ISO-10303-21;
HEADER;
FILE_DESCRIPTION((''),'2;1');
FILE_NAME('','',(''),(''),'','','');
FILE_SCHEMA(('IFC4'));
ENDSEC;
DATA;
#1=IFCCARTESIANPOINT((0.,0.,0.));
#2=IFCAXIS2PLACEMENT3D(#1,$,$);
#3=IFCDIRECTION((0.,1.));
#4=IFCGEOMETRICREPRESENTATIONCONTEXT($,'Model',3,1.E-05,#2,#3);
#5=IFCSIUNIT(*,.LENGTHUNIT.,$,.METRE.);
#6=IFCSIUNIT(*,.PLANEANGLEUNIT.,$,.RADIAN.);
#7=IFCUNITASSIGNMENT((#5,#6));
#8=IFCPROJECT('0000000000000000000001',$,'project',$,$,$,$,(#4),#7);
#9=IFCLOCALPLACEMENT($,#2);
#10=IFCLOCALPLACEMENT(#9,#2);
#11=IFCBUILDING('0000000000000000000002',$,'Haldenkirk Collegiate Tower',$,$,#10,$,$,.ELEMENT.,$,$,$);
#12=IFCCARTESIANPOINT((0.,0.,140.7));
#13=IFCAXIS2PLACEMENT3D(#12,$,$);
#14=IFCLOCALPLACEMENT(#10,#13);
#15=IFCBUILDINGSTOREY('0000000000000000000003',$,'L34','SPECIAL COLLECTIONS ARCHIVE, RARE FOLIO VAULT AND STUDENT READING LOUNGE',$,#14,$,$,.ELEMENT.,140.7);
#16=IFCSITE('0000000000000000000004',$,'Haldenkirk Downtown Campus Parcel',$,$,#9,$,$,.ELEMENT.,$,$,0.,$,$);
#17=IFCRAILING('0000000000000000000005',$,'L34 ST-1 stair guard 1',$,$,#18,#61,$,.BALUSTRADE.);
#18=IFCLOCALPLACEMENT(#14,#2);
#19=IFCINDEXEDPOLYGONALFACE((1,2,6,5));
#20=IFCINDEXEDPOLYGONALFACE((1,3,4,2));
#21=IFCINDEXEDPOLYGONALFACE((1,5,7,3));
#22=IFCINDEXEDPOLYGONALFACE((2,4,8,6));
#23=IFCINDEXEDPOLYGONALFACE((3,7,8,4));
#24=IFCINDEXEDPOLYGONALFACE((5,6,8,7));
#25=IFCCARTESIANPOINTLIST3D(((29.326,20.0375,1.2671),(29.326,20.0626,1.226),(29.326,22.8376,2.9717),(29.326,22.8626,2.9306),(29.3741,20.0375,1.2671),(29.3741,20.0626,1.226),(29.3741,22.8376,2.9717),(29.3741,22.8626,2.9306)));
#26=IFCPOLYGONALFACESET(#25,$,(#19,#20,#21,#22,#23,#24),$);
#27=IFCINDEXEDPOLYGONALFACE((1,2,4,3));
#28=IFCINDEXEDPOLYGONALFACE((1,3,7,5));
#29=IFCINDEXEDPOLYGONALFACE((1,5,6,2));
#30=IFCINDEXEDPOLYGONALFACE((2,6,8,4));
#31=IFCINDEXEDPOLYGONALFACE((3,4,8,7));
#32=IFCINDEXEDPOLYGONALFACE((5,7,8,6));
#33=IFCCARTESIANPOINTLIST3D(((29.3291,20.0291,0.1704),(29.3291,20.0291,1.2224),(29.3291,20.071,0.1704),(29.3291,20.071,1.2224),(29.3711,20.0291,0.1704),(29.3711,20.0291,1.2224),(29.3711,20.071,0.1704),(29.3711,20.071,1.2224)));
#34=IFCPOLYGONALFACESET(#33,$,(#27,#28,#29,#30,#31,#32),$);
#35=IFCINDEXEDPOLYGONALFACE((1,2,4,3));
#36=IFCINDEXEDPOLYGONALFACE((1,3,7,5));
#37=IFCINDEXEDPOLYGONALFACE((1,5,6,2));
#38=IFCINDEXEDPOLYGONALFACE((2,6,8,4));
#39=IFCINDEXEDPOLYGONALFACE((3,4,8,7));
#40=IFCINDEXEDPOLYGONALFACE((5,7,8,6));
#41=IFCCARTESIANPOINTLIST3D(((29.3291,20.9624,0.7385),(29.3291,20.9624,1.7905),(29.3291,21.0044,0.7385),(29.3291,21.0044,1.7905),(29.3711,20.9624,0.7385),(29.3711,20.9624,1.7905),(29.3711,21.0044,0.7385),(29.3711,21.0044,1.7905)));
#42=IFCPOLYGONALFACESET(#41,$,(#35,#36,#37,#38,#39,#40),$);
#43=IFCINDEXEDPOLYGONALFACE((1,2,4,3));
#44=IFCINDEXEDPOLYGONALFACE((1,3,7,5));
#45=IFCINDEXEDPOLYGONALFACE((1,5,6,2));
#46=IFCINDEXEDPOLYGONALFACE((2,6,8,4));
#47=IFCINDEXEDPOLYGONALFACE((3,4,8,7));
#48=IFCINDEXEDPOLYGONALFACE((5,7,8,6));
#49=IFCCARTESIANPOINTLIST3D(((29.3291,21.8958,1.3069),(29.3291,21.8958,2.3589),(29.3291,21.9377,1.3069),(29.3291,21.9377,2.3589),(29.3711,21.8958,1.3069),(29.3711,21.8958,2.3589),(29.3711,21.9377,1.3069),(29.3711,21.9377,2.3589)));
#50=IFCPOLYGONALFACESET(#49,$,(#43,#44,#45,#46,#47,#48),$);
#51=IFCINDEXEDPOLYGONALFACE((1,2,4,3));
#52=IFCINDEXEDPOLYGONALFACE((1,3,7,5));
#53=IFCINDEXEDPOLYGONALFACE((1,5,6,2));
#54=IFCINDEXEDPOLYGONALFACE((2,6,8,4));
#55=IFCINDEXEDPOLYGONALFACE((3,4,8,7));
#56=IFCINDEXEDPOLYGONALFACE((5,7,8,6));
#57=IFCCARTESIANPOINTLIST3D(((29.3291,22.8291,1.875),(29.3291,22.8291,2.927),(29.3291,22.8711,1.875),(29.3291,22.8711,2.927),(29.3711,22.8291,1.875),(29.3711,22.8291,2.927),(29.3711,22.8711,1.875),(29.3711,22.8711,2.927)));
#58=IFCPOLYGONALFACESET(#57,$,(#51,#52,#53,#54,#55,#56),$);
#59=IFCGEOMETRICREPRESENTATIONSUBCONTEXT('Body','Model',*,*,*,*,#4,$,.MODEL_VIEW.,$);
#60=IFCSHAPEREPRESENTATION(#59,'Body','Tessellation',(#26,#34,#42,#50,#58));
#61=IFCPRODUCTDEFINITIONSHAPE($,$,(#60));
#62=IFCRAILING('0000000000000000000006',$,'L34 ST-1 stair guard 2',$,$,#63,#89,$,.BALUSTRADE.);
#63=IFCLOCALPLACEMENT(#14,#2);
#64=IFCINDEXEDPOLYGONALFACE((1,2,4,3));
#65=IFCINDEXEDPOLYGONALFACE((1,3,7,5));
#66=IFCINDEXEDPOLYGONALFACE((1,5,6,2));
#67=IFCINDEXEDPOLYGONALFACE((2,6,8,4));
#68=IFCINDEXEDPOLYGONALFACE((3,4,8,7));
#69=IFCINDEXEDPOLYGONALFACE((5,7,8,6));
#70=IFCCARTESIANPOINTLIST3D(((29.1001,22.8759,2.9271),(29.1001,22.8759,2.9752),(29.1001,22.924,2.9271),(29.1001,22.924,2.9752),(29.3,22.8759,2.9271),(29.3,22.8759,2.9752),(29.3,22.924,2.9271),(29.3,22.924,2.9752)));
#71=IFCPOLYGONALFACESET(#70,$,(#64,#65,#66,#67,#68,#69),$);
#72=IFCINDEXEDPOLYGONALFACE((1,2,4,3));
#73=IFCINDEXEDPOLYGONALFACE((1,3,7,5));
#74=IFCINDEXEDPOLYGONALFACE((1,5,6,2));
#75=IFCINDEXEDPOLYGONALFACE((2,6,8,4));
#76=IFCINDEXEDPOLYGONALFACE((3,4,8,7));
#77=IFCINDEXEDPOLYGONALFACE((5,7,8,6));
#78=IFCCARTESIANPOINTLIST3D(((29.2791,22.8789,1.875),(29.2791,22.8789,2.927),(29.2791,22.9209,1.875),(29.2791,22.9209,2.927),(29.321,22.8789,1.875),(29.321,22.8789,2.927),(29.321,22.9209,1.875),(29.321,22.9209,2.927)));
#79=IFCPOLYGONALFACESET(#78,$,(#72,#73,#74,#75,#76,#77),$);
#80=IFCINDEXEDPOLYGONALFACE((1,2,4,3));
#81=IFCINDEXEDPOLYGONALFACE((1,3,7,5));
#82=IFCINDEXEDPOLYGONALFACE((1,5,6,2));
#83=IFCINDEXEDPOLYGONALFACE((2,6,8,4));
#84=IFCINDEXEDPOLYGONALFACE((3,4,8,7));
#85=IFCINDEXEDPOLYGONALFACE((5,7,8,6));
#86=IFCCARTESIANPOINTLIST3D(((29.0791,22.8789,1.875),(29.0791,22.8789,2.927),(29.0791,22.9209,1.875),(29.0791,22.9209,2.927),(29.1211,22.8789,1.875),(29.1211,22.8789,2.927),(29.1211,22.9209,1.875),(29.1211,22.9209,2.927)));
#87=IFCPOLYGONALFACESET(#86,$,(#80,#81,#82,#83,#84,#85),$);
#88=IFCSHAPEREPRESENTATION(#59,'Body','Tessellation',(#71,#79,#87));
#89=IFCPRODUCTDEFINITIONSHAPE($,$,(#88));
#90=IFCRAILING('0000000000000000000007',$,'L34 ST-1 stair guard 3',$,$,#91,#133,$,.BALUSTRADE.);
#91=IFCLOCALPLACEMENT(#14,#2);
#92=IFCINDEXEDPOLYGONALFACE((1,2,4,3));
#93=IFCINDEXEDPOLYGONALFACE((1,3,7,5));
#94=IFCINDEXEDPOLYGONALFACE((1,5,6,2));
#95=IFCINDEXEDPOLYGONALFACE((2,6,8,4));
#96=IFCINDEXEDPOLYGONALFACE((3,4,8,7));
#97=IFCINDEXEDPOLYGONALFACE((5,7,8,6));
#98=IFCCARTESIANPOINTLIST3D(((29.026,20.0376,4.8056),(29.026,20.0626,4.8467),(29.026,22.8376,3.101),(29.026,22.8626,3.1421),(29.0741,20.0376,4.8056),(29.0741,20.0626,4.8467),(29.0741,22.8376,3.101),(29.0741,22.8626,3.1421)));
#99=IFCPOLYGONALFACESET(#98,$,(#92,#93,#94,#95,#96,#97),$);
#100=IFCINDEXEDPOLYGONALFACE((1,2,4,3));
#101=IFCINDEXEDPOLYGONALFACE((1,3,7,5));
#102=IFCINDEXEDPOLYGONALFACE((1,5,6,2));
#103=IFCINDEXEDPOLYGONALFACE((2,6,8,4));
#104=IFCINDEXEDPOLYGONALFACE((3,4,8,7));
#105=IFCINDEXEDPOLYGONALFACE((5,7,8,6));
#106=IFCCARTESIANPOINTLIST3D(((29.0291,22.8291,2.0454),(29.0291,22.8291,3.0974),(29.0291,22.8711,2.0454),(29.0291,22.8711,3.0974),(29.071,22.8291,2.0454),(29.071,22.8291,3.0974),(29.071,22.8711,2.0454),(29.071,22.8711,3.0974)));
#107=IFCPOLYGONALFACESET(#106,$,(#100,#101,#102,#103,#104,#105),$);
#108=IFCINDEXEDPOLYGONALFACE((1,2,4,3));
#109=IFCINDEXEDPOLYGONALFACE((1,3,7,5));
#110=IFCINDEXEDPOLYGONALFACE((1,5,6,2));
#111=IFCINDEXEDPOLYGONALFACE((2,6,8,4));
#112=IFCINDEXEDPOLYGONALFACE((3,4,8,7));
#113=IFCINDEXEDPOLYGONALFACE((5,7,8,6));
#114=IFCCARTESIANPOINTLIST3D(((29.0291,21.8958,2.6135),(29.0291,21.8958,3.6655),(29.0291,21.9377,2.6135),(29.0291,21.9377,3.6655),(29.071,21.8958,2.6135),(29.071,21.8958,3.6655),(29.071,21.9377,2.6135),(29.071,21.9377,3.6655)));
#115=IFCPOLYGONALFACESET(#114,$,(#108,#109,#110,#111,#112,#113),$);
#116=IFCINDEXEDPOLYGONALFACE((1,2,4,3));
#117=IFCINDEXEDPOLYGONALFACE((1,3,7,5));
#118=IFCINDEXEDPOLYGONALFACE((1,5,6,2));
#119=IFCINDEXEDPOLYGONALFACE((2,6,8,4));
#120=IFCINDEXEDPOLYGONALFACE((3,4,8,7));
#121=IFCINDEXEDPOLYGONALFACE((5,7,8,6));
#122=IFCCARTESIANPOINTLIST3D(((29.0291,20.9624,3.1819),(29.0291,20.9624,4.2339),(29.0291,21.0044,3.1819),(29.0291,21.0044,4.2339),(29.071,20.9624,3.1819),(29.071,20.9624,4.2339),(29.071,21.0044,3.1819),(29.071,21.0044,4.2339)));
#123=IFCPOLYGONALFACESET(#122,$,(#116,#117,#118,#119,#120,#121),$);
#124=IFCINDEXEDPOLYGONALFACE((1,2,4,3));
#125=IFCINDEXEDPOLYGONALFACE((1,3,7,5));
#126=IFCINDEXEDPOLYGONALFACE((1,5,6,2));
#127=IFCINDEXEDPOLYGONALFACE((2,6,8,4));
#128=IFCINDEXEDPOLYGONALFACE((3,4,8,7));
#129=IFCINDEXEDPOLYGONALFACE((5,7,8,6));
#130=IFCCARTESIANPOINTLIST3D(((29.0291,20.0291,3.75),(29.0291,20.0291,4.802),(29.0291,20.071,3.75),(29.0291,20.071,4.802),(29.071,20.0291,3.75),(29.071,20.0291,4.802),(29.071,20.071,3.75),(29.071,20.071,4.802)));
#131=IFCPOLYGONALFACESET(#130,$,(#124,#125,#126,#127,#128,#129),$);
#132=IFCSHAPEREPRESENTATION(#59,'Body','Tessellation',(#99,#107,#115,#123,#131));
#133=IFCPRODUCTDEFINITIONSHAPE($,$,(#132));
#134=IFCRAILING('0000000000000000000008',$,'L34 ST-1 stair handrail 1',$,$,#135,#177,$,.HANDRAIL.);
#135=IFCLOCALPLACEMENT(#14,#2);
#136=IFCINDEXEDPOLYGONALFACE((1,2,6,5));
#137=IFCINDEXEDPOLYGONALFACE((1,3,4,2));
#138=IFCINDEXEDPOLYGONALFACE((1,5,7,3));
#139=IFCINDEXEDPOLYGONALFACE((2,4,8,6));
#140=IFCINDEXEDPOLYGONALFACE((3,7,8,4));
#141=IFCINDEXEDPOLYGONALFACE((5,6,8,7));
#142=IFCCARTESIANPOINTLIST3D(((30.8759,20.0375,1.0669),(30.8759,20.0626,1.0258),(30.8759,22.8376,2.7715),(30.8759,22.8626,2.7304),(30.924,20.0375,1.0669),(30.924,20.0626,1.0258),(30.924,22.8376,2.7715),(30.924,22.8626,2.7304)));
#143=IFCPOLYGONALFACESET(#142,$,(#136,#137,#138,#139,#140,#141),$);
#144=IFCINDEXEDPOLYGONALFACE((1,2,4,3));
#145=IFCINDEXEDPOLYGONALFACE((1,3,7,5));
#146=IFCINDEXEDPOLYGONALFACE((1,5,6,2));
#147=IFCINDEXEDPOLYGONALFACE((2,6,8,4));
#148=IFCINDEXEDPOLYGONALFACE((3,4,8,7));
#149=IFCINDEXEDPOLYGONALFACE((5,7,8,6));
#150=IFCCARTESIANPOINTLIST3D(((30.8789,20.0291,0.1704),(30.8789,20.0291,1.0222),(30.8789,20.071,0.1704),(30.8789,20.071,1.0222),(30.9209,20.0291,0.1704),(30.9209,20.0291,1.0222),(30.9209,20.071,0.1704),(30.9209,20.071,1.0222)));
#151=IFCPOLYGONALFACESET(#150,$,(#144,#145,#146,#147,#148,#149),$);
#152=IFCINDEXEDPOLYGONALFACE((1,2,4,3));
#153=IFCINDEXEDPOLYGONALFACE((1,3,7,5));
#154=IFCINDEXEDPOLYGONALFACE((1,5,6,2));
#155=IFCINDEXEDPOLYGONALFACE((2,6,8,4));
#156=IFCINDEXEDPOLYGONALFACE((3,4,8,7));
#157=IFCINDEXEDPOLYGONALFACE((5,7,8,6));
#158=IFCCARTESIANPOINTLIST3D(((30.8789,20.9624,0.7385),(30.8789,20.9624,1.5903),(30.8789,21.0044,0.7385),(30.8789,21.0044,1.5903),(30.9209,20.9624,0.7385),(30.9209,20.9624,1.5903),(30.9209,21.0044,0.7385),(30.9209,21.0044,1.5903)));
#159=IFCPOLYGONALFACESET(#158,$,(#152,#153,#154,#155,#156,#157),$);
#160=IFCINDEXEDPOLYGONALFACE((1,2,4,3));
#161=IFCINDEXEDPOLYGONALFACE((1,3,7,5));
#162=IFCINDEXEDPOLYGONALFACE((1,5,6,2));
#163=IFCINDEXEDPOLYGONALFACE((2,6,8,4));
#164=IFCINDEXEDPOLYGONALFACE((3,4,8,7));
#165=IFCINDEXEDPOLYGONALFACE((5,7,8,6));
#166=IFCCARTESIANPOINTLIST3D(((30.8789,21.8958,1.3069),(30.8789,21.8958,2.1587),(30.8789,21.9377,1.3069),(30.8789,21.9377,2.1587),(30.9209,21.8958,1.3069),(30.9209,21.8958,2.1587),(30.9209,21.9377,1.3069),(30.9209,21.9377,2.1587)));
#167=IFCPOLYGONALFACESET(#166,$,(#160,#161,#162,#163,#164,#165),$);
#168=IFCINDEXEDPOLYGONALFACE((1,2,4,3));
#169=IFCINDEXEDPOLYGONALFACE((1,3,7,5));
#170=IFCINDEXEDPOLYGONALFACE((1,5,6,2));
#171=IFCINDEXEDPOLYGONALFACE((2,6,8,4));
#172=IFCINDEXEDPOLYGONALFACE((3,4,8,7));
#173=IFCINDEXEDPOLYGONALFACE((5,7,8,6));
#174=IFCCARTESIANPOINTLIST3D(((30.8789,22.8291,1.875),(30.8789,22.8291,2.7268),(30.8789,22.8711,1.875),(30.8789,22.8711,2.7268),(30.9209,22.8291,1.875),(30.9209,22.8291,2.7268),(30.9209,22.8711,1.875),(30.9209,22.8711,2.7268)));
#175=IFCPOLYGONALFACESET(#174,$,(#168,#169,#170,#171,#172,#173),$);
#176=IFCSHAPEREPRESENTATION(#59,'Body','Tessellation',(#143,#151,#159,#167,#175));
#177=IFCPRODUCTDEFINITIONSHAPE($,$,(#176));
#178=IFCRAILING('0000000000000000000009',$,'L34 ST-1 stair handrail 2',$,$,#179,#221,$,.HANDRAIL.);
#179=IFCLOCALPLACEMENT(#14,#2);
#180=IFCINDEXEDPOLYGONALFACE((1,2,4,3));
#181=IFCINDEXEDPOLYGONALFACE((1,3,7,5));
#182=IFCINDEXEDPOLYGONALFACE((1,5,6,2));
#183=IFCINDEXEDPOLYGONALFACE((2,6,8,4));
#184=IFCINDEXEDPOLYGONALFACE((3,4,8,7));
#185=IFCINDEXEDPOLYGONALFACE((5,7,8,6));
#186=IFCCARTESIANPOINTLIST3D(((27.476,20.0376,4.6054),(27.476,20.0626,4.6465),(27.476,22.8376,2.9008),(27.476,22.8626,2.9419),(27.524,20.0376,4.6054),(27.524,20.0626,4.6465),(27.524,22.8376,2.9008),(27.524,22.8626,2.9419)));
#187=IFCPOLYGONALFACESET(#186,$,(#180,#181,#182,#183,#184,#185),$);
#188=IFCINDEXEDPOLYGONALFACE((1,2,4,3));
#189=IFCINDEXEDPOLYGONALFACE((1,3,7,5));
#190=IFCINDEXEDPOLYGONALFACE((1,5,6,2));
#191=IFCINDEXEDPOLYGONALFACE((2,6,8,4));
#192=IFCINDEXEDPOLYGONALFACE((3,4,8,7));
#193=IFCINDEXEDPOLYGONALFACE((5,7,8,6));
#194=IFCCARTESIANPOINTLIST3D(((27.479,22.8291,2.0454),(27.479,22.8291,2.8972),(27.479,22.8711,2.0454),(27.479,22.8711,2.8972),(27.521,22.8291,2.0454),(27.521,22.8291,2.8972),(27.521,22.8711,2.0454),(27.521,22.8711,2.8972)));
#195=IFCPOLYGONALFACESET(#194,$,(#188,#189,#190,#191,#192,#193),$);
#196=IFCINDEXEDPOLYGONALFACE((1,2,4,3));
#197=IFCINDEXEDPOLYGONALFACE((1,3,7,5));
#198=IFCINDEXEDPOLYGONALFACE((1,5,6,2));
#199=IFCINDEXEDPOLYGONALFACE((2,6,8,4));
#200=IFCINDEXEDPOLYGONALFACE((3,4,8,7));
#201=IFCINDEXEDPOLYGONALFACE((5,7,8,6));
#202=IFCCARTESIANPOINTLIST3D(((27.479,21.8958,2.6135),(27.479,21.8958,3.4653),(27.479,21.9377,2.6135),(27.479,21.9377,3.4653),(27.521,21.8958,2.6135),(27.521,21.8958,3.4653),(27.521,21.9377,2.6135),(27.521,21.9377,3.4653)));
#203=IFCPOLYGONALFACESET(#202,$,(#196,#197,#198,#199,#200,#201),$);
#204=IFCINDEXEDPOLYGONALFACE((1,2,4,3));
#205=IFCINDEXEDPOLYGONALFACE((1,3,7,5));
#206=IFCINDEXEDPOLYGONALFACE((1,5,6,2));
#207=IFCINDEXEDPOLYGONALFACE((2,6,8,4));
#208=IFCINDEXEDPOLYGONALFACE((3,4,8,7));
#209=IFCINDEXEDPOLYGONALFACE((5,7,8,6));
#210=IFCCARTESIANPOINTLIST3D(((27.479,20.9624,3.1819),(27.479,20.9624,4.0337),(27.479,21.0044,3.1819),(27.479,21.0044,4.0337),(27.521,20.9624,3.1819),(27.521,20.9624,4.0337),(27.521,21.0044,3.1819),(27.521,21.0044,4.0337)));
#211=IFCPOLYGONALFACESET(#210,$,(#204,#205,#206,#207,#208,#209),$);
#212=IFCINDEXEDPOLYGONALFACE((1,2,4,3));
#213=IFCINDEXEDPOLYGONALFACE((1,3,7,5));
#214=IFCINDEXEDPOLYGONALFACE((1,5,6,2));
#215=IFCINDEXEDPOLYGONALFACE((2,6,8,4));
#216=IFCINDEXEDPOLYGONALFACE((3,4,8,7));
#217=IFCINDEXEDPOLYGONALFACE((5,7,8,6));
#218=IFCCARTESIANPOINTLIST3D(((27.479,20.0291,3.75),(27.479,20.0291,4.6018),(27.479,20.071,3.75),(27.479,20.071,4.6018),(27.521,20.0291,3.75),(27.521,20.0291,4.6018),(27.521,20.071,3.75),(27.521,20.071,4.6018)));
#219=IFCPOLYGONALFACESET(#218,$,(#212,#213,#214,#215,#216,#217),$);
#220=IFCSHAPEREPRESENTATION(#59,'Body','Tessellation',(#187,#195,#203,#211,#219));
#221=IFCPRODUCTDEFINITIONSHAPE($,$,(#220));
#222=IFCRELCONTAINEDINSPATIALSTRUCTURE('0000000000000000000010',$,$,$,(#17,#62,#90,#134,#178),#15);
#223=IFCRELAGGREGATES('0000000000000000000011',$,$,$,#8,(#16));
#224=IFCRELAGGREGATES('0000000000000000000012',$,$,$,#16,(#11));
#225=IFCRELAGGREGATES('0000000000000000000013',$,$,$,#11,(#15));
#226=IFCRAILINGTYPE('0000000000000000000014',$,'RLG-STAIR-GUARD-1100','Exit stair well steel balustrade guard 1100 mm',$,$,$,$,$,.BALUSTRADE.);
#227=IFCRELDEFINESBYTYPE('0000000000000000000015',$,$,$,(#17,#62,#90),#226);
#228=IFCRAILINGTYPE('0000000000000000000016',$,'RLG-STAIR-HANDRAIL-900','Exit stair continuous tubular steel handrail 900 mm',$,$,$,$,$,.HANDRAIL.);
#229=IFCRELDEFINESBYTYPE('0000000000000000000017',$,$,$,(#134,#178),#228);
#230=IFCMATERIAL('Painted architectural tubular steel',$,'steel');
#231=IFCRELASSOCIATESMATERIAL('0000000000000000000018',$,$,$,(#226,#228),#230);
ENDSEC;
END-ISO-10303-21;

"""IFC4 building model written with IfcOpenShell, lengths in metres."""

from ifc_helpers import new_model, si_unit, direction, frame, origin, origin_2d, place, context, subcontext, project, spatial, rectangle, extrude, material, type_object, element, save


model = new_model("IFC4")

# Units and contexts
model_context = context("Model", 3, precision=1e-05, world=origin(), true_north=direction((0.0, 1.0)))
body_context = subcontext(model_context, "Body", "Model", "MODEL_VIEW")
ifc_project = project(units=[si_unit("LENGTHUNIT", "METRE"), si_unit("PLANEANGLEUNIT", "RADIAN")], contexts=[model_context])

# Site, building, storey
site_placement = place(None, origin())
site = spatial("IfcSite", under=ifc_project, at=site_placement, Name="Haldenkirk Downtown Campus Parcel", CompositionType="ELEMENT", RefElevation=0.0)
building_placement = place(site_placement, origin())
building = spatial("IfcBuilding", under=site, at=building_placement, Name="Haldenkirk Collegiate Tower", CompositionType="ELEMENT")
storey_placement = place(building_placement, frame((0.0, 0.0, 140.7)))
storey = spatial("IfcBuildingStorey", under=building, at=storey_placement, Name="L34", Description="SPECIAL COLLECTIONS ARCHIVE, RARE FOLIO VAULT AND STUDENT READING LOUNGE", CompositionType="ELEMENT", Elevation=140.7)

# Railings
ifc_material_1 = material(Name="Painted architectural tubular steel", Category="steel")
railing_type_1 = type_object("IfcRailingType", Name="RLG-STAIR-GUARD-1100", Description="Exit stair well steel balustrade guard 1100 mm", PredefinedType="BALUSTRADE", material=ifc_material_1)
railing_1_placement = place(storey_placement, frame((29.3501, 20.05, 0.1704)))
element("IfcRailing", 1, at=railing_1_placement, inside=storey, type_object=railing_type_1, Name="L34 ST-1 stair guard 1", PredefinedType="BALUSTRADE", context=body_context, shape_type="SweptSolid", body=[
    extrude(rectangle(XDim=0.0481, YDim=0.0481, at=origin_2d()), frame((0.0, 0.0, 1.0762), z_axis=(0.0, 0.85417, 0.519994), x_axis=(-1.0, 0.0, 0.0)), (0.0, 0.0, 1.0), 3.2781),
    extrude(rectangle(XDim=0.042, YDim=0.042, at=origin_2d()), origin(), (0.0, 0.0, 1.0), 1.052),
    extrude(rectangle(XDim=0.042, YDim=0.042, at=origin_2d()), frame((0.0, 0.9333, 0.5681)), (0.0, 0.0, 1.0), 1.052),
    extrude(rectangle(XDim=0.042, YDim=0.042, at=origin_2d()), frame((0.0, 1.8667, 1.1365)), (0.0, 0.0, 1.0), 1.052),
    extrude(rectangle(XDim=0.042, YDim=0.042, at=origin_2d()), frame((0.0, 2.8, 1.7046)), (0.0, 0.0, 1.0), 1.052),
])
railing_2_placement = place(storey_placement, frame((29.3, 22.8999, 1.875)))
element("IfcRailing", 2, at=railing_2_placement, inside=storey, type_object=railing_type_1, Name="L34 ST-1 stair guard 2", PredefinedType="BALUSTRADE", context=body_context, shape_type="SweptSolid", body=[
    extrude(rectangle(XDim=0.0481, YDim=0.0481, at=origin_2d()), frame((0.0, 0.0, 1.0762), z_axis=(-1.0, 0.0, 0.0), x_axis=(0.0, -1.0, 0.0)), (0.0, 0.0, 1.0), 0.2),
    extrude(rectangle(XDim=0.042, YDim=0.042, at=origin_2d()), origin(), (0.0, 0.0, 1.0), 1.052),
    extrude(rectangle(XDim=0.042, YDim=0.042, at=origin_2d()), frame((-0.2, 0.0, 0.0)), (0.0, 0.0, 1.0), 1.052),
])
railing_3_placement = place(storey_placement, frame((29.05, 22.8501, 2.0454)))
element("IfcRailing", 3, at=railing_3_placement, inside=storey, type_object=railing_type_1, Name="L34 ST-1 stair guard 3", PredefinedType="BALUSTRADE", context=body_context, shape_type="SweptSolid", body=[
    extrude(rectangle(XDim=0.0481, YDim=0.0481, at=origin_2d()), frame((0.0, 0.0, 1.0762), z_axis=(0.0, -0.85417, 0.519994), x_axis=(1.0, 0.0, 0.0)), (0.0, 0.0, 1.0), 3.2781),
    extrude(rectangle(XDim=0.042, YDim=0.042, at=origin_2d()), origin(), (0.0, 0.0, 1.0), 1.052),
    extrude(rectangle(XDim=0.042, YDim=0.042, at=origin_2d()), frame((0.0, -0.9333, 0.5681)), (0.0, 0.0, 1.0), 1.052),
    extrude(rectangle(XDim=0.042, YDim=0.042, at=origin_2d()), frame((0.0, -1.8667, 1.1365)), (0.0, 0.0, 1.0), 1.052),
    extrude(rectangle(XDim=0.042, YDim=0.042, at=origin_2d()), frame((0.0, -2.8, 1.7046)), (0.0, 0.0, 1.0), 1.052),
])
railing_type_2 = type_object("IfcRailingType", Name="RLG-STAIR-HANDRAIL-900", Description="Exit stair continuous tubular steel handrail 900 mm", PredefinedType="HANDRAIL", material=ifc_material_1)
railing_4_placement = place(storey_placement, frame((30.8999, 20.05, 0.1704)))
element("IfcRailing", 4, at=railing_4_placement, inside=storey, type_object=railing_type_2, Name="L34 ST-1 stair handrail 1", PredefinedType="HANDRAIL", context=body_context, shape_type="SweptSolid", body=[
    extrude(rectangle(XDim=0.0481, YDim=0.0481, at=origin_2d()), frame((0.0, 0.0, 0.876), z_axis=(0.0, 0.85417, 0.519994), x_axis=(-1.0, 0.0, 0.0)), (0.0, 0.0, 1.0), 3.2781),
    extrude(rectangle(XDim=0.042, YDim=0.042, at=origin_2d()), origin(), (0.0, 0.0, 1.0), 0.8518),
    extrude(rectangle(XDim=0.042, YDim=0.042, at=origin_2d()), frame((0.0, 0.9333, 0.5681)), (0.0, 0.0, 1.0), 0.8518),
    extrude(rectangle(XDim=0.042, YDim=0.042, at=origin_2d()), frame((0.0, 1.8667, 1.1365)), (0.0, 0.0, 1.0), 0.8518),
    extrude(rectangle(XDim=0.042, YDim=0.042, at=origin_2d()), frame((0.0, 2.8, 1.7046)), (0.0, 0.0, 1.0), 0.8518),
])
railing_5_placement = place(storey_placement, frame((27.5, 22.8501, 2.0454)))
element("IfcRailing", 5, at=railing_5_placement, inside=storey, type_object=railing_type_2, Name="L34 ST-1 stair handrail 2", PredefinedType="HANDRAIL", context=body_context, shape_type="SweptSolid", body=[
    extrude(rectangle(XDim=0.0481, YDim=0.0481, at=origin_2d()), frame((0.0, 0.0, 0.876), z_axis=(0.0, -0.85417, 0.519994), x_axis=(1.0, 0.0, 0.0)), (0.0, 0.0, 1.0), 3.2781),
    extrude(rectangle(XDim=0.042, YDim=0.042, at=origin_2d()), origin(), (0.0, 0.0, 1.0), 0.8518),
    extrude(rectangle(XDim=0.042, YDim=0.042, at=origin_2d()), frame((0.0, -0.9333, 0.5681)), (0.0, 0.0, 1.0), 0.8518),
    extrude(rectangle(XDim=0.042, YDim=0.042, at=origin_2d()), frame((0.0, -1.8667, 1.1365)), (0.0, 0.0, 1.0), 0.8518),
    extrude(rectangle(XDim=0.042, YDim=0.042, at=origin_2d()), frame((0.0, -2.8, 1.7046)), (0.0, 0.0, 1.0), 0.8518),
])

save(model, "model.ifc")
